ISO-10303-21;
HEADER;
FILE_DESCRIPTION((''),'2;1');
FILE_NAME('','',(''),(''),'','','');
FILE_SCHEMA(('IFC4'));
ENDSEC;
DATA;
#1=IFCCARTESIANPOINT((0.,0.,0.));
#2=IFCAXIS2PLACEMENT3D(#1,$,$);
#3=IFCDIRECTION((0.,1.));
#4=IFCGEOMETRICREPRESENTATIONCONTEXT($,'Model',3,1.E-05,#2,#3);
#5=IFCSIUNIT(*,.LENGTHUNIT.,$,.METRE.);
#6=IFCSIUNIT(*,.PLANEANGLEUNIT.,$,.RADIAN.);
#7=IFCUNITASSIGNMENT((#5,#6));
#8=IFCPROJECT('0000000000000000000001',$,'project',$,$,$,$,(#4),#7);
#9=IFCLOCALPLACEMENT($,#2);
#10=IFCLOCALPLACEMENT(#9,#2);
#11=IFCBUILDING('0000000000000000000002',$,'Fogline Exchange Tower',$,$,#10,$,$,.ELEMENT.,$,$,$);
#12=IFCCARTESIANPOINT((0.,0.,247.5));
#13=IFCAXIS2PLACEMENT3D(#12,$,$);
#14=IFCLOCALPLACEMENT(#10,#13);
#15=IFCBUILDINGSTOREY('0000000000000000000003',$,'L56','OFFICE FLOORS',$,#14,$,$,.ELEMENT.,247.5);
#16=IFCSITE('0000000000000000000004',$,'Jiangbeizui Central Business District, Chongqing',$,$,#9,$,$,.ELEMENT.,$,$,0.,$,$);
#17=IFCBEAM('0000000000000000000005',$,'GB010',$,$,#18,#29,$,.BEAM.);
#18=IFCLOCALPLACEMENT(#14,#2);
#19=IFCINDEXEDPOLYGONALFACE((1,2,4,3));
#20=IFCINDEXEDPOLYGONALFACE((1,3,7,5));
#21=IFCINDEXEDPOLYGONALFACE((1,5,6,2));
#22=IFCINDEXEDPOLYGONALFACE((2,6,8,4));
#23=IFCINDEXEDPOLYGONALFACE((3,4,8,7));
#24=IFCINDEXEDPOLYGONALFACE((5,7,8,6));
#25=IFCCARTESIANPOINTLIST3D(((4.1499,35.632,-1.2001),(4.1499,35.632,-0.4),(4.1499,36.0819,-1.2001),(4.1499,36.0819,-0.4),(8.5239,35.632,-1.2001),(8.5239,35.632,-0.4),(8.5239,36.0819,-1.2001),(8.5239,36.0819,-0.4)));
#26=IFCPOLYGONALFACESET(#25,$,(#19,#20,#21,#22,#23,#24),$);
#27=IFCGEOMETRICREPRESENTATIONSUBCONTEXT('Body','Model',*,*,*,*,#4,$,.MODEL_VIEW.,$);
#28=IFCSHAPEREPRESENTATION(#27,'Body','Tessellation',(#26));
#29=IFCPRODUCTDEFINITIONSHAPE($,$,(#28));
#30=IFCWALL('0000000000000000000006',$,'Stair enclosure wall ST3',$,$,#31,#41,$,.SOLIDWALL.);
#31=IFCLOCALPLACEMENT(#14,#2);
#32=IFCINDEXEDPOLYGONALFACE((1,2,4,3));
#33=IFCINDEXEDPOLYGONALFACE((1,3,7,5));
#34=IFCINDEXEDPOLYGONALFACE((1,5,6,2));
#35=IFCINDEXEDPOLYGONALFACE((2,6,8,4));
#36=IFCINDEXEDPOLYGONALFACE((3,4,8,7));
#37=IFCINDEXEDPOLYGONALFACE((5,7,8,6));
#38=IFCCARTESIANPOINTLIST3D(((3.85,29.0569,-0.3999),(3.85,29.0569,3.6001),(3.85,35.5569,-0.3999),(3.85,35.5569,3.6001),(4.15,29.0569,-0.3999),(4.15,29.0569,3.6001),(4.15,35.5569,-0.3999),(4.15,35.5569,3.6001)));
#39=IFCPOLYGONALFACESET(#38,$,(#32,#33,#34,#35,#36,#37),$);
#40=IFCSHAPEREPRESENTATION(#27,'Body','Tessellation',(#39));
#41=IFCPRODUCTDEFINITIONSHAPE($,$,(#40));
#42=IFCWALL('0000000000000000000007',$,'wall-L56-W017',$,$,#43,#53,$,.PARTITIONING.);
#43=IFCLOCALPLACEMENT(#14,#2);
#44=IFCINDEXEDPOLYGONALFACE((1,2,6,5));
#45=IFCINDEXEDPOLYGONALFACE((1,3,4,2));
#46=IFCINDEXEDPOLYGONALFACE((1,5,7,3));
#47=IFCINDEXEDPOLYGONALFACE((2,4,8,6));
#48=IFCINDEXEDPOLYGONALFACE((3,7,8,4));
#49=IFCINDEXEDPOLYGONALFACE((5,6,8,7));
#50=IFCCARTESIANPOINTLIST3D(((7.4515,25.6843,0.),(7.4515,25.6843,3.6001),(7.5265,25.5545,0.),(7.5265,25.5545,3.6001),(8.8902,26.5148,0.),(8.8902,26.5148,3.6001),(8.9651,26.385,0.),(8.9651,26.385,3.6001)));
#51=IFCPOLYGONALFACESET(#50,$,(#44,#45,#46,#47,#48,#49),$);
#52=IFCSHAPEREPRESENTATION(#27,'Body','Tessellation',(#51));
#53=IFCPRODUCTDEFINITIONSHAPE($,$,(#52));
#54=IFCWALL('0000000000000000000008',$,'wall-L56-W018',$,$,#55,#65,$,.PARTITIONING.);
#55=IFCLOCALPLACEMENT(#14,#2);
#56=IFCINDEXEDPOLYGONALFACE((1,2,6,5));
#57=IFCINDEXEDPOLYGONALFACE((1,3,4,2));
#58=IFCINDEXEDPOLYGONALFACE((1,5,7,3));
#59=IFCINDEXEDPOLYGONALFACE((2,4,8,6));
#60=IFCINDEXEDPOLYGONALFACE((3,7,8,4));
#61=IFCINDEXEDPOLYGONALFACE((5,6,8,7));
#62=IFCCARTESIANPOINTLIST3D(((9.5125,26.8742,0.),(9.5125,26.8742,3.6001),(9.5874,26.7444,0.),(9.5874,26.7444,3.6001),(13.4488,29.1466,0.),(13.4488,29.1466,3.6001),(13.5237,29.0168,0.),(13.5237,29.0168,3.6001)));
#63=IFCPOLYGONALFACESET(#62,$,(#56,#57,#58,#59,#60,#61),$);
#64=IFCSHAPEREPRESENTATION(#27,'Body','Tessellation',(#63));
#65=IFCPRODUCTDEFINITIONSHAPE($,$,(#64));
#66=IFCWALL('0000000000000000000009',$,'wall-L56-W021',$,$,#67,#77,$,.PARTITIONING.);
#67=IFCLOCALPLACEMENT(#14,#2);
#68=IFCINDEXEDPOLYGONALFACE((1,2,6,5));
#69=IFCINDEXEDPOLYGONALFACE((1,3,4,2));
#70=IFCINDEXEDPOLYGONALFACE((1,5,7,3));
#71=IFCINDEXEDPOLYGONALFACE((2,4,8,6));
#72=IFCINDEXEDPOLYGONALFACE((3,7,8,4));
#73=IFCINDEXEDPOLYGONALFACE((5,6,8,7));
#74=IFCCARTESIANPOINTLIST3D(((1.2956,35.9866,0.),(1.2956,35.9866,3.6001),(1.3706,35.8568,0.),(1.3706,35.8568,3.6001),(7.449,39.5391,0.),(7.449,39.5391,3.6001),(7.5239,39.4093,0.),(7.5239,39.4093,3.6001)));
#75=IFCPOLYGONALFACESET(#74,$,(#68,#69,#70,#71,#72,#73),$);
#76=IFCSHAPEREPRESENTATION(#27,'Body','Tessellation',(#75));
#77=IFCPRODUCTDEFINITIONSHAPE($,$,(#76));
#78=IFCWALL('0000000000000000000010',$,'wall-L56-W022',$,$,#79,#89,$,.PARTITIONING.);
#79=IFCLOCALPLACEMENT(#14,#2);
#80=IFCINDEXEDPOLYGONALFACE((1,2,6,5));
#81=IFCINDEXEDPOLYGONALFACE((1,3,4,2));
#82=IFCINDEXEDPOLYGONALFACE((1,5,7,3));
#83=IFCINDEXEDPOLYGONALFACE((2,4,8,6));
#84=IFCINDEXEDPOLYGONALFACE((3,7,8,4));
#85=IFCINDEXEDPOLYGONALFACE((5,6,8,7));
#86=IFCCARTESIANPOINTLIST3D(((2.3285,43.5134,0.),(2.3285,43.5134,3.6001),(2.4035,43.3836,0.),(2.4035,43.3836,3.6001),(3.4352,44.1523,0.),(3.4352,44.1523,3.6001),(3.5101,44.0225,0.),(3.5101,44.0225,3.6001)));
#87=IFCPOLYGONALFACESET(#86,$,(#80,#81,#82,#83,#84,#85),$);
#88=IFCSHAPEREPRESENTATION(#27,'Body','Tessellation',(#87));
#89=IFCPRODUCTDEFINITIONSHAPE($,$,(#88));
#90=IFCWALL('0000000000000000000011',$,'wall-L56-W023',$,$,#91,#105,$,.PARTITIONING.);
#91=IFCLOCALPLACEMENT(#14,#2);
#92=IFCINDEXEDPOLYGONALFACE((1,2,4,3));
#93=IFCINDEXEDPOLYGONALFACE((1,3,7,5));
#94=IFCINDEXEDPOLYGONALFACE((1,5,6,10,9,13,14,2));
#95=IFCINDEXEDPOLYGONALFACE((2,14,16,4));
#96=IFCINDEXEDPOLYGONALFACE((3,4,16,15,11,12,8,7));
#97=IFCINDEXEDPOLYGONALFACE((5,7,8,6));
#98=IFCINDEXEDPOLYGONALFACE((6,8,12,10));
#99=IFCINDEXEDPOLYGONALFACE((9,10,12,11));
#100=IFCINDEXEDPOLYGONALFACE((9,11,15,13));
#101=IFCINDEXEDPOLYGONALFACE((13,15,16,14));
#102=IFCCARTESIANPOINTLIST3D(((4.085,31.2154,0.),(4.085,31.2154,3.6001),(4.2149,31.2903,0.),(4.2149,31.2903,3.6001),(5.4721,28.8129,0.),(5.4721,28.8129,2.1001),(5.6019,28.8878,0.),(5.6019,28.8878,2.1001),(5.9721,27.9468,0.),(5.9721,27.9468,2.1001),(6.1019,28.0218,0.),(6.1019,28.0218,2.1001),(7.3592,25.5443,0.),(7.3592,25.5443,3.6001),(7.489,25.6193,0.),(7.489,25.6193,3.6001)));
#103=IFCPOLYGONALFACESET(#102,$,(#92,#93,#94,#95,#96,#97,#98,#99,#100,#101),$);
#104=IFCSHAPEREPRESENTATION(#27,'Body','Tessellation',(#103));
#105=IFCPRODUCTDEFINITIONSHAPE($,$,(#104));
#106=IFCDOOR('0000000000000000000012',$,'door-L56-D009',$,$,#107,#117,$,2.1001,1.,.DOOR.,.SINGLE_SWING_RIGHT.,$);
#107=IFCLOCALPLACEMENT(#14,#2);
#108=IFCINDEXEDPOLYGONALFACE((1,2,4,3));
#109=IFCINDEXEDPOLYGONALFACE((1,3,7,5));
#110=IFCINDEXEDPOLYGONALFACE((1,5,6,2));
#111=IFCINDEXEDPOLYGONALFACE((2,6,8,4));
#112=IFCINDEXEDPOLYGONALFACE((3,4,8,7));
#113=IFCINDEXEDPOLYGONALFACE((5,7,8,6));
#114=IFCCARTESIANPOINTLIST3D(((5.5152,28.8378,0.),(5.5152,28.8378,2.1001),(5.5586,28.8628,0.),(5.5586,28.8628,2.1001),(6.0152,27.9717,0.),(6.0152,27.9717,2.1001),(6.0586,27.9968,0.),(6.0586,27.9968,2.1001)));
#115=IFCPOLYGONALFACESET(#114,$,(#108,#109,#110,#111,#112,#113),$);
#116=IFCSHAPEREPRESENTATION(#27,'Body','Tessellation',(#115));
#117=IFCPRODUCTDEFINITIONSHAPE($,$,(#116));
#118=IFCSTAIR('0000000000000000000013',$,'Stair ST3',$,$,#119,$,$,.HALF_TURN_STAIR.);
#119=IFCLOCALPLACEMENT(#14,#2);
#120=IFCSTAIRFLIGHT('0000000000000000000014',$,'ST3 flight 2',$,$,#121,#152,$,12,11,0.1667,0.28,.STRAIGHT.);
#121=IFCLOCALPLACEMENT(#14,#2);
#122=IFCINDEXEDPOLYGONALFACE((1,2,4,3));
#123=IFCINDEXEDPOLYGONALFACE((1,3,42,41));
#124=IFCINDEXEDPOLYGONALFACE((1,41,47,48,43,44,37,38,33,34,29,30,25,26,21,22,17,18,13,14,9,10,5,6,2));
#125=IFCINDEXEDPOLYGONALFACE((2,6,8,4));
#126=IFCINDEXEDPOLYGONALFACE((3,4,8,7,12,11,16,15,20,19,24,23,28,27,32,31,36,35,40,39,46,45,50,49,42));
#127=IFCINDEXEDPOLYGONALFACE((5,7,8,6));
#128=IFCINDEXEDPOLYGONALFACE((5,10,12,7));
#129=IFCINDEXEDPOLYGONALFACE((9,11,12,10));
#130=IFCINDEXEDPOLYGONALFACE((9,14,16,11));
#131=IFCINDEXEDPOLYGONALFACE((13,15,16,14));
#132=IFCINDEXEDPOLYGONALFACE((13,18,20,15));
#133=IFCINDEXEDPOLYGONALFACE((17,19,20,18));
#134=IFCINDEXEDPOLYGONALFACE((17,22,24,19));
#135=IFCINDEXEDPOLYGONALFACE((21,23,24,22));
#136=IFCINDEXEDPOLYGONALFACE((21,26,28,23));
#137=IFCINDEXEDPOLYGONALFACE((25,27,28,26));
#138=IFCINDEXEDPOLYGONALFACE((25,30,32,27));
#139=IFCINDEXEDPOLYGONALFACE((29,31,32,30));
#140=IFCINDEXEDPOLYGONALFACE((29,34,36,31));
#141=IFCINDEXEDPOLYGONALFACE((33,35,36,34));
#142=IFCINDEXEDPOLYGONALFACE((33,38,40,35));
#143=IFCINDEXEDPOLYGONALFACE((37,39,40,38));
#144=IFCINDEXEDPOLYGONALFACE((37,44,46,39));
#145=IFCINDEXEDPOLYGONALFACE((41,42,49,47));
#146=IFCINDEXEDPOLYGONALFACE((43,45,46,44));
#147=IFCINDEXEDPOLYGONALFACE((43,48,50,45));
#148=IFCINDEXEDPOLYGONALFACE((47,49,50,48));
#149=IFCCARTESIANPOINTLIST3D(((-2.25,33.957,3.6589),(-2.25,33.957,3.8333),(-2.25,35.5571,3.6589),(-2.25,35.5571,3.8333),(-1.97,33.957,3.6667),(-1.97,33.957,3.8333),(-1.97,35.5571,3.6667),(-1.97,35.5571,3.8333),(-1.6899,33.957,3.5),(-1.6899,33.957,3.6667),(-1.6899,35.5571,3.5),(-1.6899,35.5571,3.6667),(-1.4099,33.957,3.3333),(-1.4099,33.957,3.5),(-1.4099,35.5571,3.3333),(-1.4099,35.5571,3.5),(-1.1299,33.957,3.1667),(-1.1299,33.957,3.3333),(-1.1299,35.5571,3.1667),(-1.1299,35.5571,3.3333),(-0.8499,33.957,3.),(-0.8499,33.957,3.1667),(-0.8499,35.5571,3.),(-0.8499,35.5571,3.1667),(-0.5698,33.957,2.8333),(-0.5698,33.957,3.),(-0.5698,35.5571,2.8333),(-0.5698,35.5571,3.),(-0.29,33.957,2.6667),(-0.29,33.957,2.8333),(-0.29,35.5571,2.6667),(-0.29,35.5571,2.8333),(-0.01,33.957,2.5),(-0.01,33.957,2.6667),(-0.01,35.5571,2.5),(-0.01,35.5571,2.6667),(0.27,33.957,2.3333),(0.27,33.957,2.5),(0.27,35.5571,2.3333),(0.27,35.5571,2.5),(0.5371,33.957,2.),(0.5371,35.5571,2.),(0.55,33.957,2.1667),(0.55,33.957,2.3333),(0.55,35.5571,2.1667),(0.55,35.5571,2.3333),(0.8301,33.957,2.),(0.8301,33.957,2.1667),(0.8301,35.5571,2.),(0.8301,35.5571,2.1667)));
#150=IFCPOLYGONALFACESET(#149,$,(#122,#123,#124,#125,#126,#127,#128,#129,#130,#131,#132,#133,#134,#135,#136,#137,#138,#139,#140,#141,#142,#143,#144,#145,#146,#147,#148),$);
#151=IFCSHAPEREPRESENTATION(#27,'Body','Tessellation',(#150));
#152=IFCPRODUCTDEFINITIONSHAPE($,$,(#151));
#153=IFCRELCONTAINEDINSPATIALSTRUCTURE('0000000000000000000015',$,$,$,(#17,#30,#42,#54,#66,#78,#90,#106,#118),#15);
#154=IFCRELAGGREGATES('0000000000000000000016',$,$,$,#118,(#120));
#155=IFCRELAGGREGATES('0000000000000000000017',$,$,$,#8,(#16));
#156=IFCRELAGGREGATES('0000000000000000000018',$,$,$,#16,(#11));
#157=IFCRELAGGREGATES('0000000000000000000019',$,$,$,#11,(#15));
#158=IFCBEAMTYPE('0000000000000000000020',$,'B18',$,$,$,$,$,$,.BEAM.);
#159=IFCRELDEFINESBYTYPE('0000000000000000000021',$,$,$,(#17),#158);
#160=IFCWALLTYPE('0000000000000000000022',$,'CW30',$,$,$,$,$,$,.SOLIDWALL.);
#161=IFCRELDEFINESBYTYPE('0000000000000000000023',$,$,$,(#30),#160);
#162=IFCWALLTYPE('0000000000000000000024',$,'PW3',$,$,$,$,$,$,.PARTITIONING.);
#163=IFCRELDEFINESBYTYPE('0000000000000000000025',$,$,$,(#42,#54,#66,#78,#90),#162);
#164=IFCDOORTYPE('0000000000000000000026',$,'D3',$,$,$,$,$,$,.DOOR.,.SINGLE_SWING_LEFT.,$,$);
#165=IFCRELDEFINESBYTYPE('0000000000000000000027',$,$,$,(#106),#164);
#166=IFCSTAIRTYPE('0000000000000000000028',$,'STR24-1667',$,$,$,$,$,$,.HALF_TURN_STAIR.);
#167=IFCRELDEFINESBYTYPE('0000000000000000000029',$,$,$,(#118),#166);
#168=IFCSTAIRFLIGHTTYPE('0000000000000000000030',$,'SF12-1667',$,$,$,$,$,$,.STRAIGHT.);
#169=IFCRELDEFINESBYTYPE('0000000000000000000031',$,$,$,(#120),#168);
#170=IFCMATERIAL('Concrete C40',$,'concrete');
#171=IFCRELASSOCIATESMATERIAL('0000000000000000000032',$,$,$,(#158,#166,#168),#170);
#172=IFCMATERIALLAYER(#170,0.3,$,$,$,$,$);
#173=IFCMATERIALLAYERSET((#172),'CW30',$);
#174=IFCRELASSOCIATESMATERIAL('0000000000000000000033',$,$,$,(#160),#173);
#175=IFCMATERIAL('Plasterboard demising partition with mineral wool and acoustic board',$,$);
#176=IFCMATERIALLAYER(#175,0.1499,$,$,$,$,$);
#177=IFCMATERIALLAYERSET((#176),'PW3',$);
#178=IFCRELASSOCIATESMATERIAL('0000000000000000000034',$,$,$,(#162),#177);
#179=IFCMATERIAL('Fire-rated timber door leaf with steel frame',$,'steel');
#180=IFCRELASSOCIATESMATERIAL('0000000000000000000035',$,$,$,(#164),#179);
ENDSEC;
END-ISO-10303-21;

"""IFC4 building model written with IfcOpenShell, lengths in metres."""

from ifc_helpers import new_model, si_unit, direction, frame, frame_2d, origin, origin_2d, place, context, subcontext, project, spatial, polyline, rectangle, outline, extrude, material, layer, layer_set, material_profile, profile_set, type_object, element, fill, aggregate, save


model = new_model("IFC4")

# Units and contexts
model_context = context("Model", 3, precision=1e-05, world=origin(), true_north=direction((0.0, 1.0)))
body_context = subcontext(model_context, "Body", "Model", "MODEL_VIEW")
ifc_project = project(units=[si_unit("LENGTHUNIT", "METRE"), si_unit("PLANEANGLEUNIT", "RADIAN")], contexts=[model_context])

# Site, building, storey
site_placement = place(None, origin())
site = spatial("IfcSite", under=ifc_project, at=site_placement, Name="Jiangbeizui Central Business District, Chongqing", CompositionType="ELEMENT", RefElevation=0.0)
building_placement = place(site_placement, origin())
building = spatial("IfcBuilding", under=site, at=building_placement, Name="Fogline Exchange Tower", CompositionType="ELEMENT")
storey_placement = place(building_placement, frame((0.0, 0.0, 247.5)))
storey = spatial("IfcBuildingStorey", under=building, at=storey_placement, Name="L56", Description="OFFICE FLOORS", CompositionType="ELEMENT", Elevation=247.5)

# Beam
ifc_material_1 = material(Name="Concrete C40", Category="concrete")
ifc_material_profile_1 = material_profile(ifc_material_1, rectangle(XDim=0.45, YDim=0.8, at=origin_2d()), Name="RC 450x800")
ifc_profile_set_1 = profile_set([ifc_material_profile_1], Name="Concrete C40")
beam_type_1 = type_object("IfcBeamType", Name="B18", PredefinedType="BEAM", material=ifc_profile_set_1)
beam_1_placement = place(storey_placement, frame((4.1499, 35.8569, -0.8), z_axis=(1.0, 0.0, 0.0), x_axis=(0.0, 1.0, 0.0)))
element("IfcBeam", 1, at=beam_1_placement, inside=storey, type_object=beam_type_1, Name="GB010", PredefinedType="BEAM", context=body_context, shape_type="SweptSolid", body=[
    extrude(rectangle(XDim=0.45, YDim=0.8, at=origin_2d()), origin(), (0.0, 0.0, 1.0), 4.374),
])

# Wall
ifc_layer_1 = layer(ifc_material_1, 0.3)
ifc_layer_set_1 = layer_set([ifc_layer_1], Name="CW30")
wall_type_1 = type_object("IfcWallType", Name="CW30", PredefinedType="SOLIDWALL", material=ifc_layer_set_1)
wall_1_placement = place(storey_placement, frame((4.0, 29.0569, -0.3999), z_axis=(0.0, 0.0, 1.0), x_axis=(0.0, 1.0, 0.0)))
element("IfcWall", 2, at=wall_1_placement, inside=storey, type_object=wall_type_1, Name="Stair enclosure wall ST3", PredefinedType="SOLIDWALL", context=body_context, shape_type="SweptSolid", body=[
    extrude(rectangle(XDim=6.5, YDim=0.3, at=frame_2d((3.25, 0.0))), origin(), (0.0, 0.0, 1.0), 4.0),
])

# Walls
ifc_material_2 = material(Name="Plasterboard demising partition with mineral wool and acoustic board")
ifc_layer_2 = layer(ifc_material_2, 0.1499)
ifc_layer_set_2 = layer_set([ifc_layer_2], Name="PW3")
wall_type_2 = type_object("IfcWallType", Name="PW3", PredefinedType="PARTITIONING", material=ifc_layer_set_2)
wall_2_placement = place(storey_placement, frame((7.489, 25.6194, 0.0), z_axis=(0.0, 0.0, 1.0), x_axis=(0.866046, 0.499964, 0.0)))
element("IfcWall", 3, at=wall_2_placement, inside=storey, type_object=wall_type_2, Name="wall-L56-W017", PredefinedType="PARTITIONING", context=body_context, shape_type="SweptSolid", body=[
    extrude(rectangle(XDim=1.6611, YDim=0.1499, at=frame_2d((0.8306, 0.0))), origin(), (0.0, 0.0, 1.0), 3.6001),
])
wall_3_placement = place(storey_placement, frame((9.55, 26.8093, 0.0), z_axis=(0.0, 0.0, 1.0), x_axis=(0.86604, 0.499975, 0.0)))
element("IfcWall", 4, at=wall_3_placement, inside=storey, type_object=wall_type_2, Name="wall-L56-W018", PredefinedType="PARTITIONING", context=body_context, shape_type="SweptSolid", body=[
    extrude(rectangle(XDim=4.5452, YDim=0.1499, at=frame_2d((2.2725, 0.0))), origin(), (0.0, 0.0, 1.0), 3.6001),
])
wall_4_placement = place(storey_placement, frame((1.333, 35.9216, 0.0), z_axis=(0.0, 0.0, 1.0), x_axis=(0.866033, 0.499986, 0.0)))
element("IfcWall", 5, at=wall_4_placement, inside=storey, type_object=wall_type_2, Name="wall-L56-W021", PredefinedType="PARTITIONING", context=body_context, shape_type="SweptSolid", body=[
    extrude(rectangle(XDim=7.1052, YDim=0.1499, at=frame_2d((3.5527, 0.0))), origin(), (0.0, 0.0, 1.0), 3.6001),
])
wall_5_placement = place(storey_placement, frame((3.4727, 44.0874, 0.0), z_axis=(0.0, 0.0, 1.0), x_axis=(-0.866036, -0.499982, 0.0)))
element("IfcWall", 6, at=wall_5_placement, inside=storey, type_object=wall_type_2, Name="wall-L56-W022", PredefinedType="PARTITIONING", context=body_context, shape_type="SweptSolid", body=[
    extrude(rectangle(XDim=1.2778, YDim=0.1499, at=frame_2d((0.6389, 0.0))), origin(), (0.0, 0.0, 1.0), 3.6001),
])

# Wall, opening, door
wall_6_placement = place(storey_placement, frame((7.4241, 25.5818, 0.0), z_axis=(0.0, 0.0, 1.0), x_axis=(-0.499992, 0.86603, 0.0)))
wall_6 = element("IfcWall", 7, at=wall_6_placement, inside=storey, type_object=wall_type_2, Name="wall-L56-W023", PredefinedType="PARTITIONING", context=body_context, shape_type="SweptSolid", body=[
    extrude(rectangle(XDim=6.5483, YDim=0.1499, at=frame_2d((3.2742, 0.0))), origin(), (0.0, 0.0, 1.0), 3.6001),
])
opening_1_placement = place(wall_6_placement, frame((2.7742, 0.0, 0.0)))
opening_1 = element("IfcOpeningElement", 8, at=opening_1_placement, cuts=wall_6, PredefinedType="OPENING", context=body_context, shape_type="SweptSolid", body=[
    extrude(rectangle(XDim=1.0, YDim=2.1001, at=frame_2d((0.5, 1.05))), frame((0.0, 0.085, 0.0), z_axis=(0.0, -1.0, 0.0), x_axis=(1.0, 0.0, 0.0)), (0.0, 0.0, 1.0), 0.1699),
])
ifc_material_3 = material(Name="Fire-rated timber door leaf with steel frame", Category="steel")
door_type_1 = type_object("IfcDoorType", Name="D3", OperationType="SINGLE_SWING_LEFT", PredefinedType="DOOR", material=ifc_material_3)
door_1_placement = place(opening_1_placement, frame((1.0, 0.0, 0.0), z_axis=(0.0, 0.0, 1.0), x_axis=(-1.0, 0.0, 0.0)))
door_1 = element("IfcDoor", 9, at=door_1_placement, inside=storey, type_object=door_type_1, Name="door-L56-D009", OperationType="SINGLE_SWING_RIGHT", OverallHeight=2.1001, OverallWidth=1.0, PredefinedType="DOOR", context=body_context, shape_type="SweptSolid", body=[
    extrude(rectangle(XDim=1.0, YDim=2.1001, at=frame_2d((0.5, 1.05))), frame((0.0, 0.0249, 0.0), z_axis=(0.0, -1.0, 0.0), x_axis=(1.0, 0.0, 0.0)), (0.0, 0.0, 1.0), 0.05),
])
fill(opening_1, door_1)

# Stair, stair flight
stair_type = type_object("IfcStairType", Name="STR24-1667", PredefinedType="HALF_TURN_STAIR", material=ifc_material_1)
stair_placement = place(storey_placement, origin())
stair = element("IfcStair", 10, at=stair_placement, inside=storey, type_object=stair_type, Name="Stair ST3", PredefinedType="HALF_TURN_STAIR")
stair_flight_type = type_object("IfcStairFlightType", Name="SF12-1667", PredefinedType="STRAIGHT", material=ifc_material_1)
stair_flight_placement = place(storey_placement, frame((0.8301, 34.7571, 2.0), z_axis=(0.0, 0.0, 1.0), x_axis=(-1.0, 0.0, 0.0)))
stair_flight = element("IfcStairFlight", 11, at=stair_flight_placement, type_object=stair_flight_type, Name="ST3 flight 2", NumberOfRisers=12, NumberOfTreads=11, PredefinedType="STRAIGHT", RiserHeight=0.1667, TreadLength=0.28, context=body_context, shape_type="SweptSolid", body=[
    extrude(outline(polyline([(0.0, 0.0), (0.0, 0.1667), (0.28, 0.1667), (0.28, 0.3333), (0.5601, 0.3333), (0.5601, 0.5), (0.8401, 0.5), (0.8401, 0.6667), (1.1201, 0.6667), (1.1201, 0.8333), (1.3999, 0.8333), (1.3999, 1.0), (1.6799, 1.0), (1.6799, 1.1667), (1.96, 1.1667), (1.96, 1.3333), (2.24, 1.3333), (2.24, 1.5), (2.52, 1.5), (2.52, 1.6667), (2.8, 1.6667), (2.8, 1.8333), (3.0801, 1.8333), (3.0801, 2.0), (3.0801, 1.6589), (0.293, 0.0), (0.0, 0.0)])), frame((0.0, 0.8, 0.0), z_axis=(0.0, -1.0, 0.0), x_axis=(1.0, 0.0, 0.0)), (0.0, 0.0, 1.0), 1.6001),
])
aggregate(stair, [stair_flight])

save(model, "model.ifc")
